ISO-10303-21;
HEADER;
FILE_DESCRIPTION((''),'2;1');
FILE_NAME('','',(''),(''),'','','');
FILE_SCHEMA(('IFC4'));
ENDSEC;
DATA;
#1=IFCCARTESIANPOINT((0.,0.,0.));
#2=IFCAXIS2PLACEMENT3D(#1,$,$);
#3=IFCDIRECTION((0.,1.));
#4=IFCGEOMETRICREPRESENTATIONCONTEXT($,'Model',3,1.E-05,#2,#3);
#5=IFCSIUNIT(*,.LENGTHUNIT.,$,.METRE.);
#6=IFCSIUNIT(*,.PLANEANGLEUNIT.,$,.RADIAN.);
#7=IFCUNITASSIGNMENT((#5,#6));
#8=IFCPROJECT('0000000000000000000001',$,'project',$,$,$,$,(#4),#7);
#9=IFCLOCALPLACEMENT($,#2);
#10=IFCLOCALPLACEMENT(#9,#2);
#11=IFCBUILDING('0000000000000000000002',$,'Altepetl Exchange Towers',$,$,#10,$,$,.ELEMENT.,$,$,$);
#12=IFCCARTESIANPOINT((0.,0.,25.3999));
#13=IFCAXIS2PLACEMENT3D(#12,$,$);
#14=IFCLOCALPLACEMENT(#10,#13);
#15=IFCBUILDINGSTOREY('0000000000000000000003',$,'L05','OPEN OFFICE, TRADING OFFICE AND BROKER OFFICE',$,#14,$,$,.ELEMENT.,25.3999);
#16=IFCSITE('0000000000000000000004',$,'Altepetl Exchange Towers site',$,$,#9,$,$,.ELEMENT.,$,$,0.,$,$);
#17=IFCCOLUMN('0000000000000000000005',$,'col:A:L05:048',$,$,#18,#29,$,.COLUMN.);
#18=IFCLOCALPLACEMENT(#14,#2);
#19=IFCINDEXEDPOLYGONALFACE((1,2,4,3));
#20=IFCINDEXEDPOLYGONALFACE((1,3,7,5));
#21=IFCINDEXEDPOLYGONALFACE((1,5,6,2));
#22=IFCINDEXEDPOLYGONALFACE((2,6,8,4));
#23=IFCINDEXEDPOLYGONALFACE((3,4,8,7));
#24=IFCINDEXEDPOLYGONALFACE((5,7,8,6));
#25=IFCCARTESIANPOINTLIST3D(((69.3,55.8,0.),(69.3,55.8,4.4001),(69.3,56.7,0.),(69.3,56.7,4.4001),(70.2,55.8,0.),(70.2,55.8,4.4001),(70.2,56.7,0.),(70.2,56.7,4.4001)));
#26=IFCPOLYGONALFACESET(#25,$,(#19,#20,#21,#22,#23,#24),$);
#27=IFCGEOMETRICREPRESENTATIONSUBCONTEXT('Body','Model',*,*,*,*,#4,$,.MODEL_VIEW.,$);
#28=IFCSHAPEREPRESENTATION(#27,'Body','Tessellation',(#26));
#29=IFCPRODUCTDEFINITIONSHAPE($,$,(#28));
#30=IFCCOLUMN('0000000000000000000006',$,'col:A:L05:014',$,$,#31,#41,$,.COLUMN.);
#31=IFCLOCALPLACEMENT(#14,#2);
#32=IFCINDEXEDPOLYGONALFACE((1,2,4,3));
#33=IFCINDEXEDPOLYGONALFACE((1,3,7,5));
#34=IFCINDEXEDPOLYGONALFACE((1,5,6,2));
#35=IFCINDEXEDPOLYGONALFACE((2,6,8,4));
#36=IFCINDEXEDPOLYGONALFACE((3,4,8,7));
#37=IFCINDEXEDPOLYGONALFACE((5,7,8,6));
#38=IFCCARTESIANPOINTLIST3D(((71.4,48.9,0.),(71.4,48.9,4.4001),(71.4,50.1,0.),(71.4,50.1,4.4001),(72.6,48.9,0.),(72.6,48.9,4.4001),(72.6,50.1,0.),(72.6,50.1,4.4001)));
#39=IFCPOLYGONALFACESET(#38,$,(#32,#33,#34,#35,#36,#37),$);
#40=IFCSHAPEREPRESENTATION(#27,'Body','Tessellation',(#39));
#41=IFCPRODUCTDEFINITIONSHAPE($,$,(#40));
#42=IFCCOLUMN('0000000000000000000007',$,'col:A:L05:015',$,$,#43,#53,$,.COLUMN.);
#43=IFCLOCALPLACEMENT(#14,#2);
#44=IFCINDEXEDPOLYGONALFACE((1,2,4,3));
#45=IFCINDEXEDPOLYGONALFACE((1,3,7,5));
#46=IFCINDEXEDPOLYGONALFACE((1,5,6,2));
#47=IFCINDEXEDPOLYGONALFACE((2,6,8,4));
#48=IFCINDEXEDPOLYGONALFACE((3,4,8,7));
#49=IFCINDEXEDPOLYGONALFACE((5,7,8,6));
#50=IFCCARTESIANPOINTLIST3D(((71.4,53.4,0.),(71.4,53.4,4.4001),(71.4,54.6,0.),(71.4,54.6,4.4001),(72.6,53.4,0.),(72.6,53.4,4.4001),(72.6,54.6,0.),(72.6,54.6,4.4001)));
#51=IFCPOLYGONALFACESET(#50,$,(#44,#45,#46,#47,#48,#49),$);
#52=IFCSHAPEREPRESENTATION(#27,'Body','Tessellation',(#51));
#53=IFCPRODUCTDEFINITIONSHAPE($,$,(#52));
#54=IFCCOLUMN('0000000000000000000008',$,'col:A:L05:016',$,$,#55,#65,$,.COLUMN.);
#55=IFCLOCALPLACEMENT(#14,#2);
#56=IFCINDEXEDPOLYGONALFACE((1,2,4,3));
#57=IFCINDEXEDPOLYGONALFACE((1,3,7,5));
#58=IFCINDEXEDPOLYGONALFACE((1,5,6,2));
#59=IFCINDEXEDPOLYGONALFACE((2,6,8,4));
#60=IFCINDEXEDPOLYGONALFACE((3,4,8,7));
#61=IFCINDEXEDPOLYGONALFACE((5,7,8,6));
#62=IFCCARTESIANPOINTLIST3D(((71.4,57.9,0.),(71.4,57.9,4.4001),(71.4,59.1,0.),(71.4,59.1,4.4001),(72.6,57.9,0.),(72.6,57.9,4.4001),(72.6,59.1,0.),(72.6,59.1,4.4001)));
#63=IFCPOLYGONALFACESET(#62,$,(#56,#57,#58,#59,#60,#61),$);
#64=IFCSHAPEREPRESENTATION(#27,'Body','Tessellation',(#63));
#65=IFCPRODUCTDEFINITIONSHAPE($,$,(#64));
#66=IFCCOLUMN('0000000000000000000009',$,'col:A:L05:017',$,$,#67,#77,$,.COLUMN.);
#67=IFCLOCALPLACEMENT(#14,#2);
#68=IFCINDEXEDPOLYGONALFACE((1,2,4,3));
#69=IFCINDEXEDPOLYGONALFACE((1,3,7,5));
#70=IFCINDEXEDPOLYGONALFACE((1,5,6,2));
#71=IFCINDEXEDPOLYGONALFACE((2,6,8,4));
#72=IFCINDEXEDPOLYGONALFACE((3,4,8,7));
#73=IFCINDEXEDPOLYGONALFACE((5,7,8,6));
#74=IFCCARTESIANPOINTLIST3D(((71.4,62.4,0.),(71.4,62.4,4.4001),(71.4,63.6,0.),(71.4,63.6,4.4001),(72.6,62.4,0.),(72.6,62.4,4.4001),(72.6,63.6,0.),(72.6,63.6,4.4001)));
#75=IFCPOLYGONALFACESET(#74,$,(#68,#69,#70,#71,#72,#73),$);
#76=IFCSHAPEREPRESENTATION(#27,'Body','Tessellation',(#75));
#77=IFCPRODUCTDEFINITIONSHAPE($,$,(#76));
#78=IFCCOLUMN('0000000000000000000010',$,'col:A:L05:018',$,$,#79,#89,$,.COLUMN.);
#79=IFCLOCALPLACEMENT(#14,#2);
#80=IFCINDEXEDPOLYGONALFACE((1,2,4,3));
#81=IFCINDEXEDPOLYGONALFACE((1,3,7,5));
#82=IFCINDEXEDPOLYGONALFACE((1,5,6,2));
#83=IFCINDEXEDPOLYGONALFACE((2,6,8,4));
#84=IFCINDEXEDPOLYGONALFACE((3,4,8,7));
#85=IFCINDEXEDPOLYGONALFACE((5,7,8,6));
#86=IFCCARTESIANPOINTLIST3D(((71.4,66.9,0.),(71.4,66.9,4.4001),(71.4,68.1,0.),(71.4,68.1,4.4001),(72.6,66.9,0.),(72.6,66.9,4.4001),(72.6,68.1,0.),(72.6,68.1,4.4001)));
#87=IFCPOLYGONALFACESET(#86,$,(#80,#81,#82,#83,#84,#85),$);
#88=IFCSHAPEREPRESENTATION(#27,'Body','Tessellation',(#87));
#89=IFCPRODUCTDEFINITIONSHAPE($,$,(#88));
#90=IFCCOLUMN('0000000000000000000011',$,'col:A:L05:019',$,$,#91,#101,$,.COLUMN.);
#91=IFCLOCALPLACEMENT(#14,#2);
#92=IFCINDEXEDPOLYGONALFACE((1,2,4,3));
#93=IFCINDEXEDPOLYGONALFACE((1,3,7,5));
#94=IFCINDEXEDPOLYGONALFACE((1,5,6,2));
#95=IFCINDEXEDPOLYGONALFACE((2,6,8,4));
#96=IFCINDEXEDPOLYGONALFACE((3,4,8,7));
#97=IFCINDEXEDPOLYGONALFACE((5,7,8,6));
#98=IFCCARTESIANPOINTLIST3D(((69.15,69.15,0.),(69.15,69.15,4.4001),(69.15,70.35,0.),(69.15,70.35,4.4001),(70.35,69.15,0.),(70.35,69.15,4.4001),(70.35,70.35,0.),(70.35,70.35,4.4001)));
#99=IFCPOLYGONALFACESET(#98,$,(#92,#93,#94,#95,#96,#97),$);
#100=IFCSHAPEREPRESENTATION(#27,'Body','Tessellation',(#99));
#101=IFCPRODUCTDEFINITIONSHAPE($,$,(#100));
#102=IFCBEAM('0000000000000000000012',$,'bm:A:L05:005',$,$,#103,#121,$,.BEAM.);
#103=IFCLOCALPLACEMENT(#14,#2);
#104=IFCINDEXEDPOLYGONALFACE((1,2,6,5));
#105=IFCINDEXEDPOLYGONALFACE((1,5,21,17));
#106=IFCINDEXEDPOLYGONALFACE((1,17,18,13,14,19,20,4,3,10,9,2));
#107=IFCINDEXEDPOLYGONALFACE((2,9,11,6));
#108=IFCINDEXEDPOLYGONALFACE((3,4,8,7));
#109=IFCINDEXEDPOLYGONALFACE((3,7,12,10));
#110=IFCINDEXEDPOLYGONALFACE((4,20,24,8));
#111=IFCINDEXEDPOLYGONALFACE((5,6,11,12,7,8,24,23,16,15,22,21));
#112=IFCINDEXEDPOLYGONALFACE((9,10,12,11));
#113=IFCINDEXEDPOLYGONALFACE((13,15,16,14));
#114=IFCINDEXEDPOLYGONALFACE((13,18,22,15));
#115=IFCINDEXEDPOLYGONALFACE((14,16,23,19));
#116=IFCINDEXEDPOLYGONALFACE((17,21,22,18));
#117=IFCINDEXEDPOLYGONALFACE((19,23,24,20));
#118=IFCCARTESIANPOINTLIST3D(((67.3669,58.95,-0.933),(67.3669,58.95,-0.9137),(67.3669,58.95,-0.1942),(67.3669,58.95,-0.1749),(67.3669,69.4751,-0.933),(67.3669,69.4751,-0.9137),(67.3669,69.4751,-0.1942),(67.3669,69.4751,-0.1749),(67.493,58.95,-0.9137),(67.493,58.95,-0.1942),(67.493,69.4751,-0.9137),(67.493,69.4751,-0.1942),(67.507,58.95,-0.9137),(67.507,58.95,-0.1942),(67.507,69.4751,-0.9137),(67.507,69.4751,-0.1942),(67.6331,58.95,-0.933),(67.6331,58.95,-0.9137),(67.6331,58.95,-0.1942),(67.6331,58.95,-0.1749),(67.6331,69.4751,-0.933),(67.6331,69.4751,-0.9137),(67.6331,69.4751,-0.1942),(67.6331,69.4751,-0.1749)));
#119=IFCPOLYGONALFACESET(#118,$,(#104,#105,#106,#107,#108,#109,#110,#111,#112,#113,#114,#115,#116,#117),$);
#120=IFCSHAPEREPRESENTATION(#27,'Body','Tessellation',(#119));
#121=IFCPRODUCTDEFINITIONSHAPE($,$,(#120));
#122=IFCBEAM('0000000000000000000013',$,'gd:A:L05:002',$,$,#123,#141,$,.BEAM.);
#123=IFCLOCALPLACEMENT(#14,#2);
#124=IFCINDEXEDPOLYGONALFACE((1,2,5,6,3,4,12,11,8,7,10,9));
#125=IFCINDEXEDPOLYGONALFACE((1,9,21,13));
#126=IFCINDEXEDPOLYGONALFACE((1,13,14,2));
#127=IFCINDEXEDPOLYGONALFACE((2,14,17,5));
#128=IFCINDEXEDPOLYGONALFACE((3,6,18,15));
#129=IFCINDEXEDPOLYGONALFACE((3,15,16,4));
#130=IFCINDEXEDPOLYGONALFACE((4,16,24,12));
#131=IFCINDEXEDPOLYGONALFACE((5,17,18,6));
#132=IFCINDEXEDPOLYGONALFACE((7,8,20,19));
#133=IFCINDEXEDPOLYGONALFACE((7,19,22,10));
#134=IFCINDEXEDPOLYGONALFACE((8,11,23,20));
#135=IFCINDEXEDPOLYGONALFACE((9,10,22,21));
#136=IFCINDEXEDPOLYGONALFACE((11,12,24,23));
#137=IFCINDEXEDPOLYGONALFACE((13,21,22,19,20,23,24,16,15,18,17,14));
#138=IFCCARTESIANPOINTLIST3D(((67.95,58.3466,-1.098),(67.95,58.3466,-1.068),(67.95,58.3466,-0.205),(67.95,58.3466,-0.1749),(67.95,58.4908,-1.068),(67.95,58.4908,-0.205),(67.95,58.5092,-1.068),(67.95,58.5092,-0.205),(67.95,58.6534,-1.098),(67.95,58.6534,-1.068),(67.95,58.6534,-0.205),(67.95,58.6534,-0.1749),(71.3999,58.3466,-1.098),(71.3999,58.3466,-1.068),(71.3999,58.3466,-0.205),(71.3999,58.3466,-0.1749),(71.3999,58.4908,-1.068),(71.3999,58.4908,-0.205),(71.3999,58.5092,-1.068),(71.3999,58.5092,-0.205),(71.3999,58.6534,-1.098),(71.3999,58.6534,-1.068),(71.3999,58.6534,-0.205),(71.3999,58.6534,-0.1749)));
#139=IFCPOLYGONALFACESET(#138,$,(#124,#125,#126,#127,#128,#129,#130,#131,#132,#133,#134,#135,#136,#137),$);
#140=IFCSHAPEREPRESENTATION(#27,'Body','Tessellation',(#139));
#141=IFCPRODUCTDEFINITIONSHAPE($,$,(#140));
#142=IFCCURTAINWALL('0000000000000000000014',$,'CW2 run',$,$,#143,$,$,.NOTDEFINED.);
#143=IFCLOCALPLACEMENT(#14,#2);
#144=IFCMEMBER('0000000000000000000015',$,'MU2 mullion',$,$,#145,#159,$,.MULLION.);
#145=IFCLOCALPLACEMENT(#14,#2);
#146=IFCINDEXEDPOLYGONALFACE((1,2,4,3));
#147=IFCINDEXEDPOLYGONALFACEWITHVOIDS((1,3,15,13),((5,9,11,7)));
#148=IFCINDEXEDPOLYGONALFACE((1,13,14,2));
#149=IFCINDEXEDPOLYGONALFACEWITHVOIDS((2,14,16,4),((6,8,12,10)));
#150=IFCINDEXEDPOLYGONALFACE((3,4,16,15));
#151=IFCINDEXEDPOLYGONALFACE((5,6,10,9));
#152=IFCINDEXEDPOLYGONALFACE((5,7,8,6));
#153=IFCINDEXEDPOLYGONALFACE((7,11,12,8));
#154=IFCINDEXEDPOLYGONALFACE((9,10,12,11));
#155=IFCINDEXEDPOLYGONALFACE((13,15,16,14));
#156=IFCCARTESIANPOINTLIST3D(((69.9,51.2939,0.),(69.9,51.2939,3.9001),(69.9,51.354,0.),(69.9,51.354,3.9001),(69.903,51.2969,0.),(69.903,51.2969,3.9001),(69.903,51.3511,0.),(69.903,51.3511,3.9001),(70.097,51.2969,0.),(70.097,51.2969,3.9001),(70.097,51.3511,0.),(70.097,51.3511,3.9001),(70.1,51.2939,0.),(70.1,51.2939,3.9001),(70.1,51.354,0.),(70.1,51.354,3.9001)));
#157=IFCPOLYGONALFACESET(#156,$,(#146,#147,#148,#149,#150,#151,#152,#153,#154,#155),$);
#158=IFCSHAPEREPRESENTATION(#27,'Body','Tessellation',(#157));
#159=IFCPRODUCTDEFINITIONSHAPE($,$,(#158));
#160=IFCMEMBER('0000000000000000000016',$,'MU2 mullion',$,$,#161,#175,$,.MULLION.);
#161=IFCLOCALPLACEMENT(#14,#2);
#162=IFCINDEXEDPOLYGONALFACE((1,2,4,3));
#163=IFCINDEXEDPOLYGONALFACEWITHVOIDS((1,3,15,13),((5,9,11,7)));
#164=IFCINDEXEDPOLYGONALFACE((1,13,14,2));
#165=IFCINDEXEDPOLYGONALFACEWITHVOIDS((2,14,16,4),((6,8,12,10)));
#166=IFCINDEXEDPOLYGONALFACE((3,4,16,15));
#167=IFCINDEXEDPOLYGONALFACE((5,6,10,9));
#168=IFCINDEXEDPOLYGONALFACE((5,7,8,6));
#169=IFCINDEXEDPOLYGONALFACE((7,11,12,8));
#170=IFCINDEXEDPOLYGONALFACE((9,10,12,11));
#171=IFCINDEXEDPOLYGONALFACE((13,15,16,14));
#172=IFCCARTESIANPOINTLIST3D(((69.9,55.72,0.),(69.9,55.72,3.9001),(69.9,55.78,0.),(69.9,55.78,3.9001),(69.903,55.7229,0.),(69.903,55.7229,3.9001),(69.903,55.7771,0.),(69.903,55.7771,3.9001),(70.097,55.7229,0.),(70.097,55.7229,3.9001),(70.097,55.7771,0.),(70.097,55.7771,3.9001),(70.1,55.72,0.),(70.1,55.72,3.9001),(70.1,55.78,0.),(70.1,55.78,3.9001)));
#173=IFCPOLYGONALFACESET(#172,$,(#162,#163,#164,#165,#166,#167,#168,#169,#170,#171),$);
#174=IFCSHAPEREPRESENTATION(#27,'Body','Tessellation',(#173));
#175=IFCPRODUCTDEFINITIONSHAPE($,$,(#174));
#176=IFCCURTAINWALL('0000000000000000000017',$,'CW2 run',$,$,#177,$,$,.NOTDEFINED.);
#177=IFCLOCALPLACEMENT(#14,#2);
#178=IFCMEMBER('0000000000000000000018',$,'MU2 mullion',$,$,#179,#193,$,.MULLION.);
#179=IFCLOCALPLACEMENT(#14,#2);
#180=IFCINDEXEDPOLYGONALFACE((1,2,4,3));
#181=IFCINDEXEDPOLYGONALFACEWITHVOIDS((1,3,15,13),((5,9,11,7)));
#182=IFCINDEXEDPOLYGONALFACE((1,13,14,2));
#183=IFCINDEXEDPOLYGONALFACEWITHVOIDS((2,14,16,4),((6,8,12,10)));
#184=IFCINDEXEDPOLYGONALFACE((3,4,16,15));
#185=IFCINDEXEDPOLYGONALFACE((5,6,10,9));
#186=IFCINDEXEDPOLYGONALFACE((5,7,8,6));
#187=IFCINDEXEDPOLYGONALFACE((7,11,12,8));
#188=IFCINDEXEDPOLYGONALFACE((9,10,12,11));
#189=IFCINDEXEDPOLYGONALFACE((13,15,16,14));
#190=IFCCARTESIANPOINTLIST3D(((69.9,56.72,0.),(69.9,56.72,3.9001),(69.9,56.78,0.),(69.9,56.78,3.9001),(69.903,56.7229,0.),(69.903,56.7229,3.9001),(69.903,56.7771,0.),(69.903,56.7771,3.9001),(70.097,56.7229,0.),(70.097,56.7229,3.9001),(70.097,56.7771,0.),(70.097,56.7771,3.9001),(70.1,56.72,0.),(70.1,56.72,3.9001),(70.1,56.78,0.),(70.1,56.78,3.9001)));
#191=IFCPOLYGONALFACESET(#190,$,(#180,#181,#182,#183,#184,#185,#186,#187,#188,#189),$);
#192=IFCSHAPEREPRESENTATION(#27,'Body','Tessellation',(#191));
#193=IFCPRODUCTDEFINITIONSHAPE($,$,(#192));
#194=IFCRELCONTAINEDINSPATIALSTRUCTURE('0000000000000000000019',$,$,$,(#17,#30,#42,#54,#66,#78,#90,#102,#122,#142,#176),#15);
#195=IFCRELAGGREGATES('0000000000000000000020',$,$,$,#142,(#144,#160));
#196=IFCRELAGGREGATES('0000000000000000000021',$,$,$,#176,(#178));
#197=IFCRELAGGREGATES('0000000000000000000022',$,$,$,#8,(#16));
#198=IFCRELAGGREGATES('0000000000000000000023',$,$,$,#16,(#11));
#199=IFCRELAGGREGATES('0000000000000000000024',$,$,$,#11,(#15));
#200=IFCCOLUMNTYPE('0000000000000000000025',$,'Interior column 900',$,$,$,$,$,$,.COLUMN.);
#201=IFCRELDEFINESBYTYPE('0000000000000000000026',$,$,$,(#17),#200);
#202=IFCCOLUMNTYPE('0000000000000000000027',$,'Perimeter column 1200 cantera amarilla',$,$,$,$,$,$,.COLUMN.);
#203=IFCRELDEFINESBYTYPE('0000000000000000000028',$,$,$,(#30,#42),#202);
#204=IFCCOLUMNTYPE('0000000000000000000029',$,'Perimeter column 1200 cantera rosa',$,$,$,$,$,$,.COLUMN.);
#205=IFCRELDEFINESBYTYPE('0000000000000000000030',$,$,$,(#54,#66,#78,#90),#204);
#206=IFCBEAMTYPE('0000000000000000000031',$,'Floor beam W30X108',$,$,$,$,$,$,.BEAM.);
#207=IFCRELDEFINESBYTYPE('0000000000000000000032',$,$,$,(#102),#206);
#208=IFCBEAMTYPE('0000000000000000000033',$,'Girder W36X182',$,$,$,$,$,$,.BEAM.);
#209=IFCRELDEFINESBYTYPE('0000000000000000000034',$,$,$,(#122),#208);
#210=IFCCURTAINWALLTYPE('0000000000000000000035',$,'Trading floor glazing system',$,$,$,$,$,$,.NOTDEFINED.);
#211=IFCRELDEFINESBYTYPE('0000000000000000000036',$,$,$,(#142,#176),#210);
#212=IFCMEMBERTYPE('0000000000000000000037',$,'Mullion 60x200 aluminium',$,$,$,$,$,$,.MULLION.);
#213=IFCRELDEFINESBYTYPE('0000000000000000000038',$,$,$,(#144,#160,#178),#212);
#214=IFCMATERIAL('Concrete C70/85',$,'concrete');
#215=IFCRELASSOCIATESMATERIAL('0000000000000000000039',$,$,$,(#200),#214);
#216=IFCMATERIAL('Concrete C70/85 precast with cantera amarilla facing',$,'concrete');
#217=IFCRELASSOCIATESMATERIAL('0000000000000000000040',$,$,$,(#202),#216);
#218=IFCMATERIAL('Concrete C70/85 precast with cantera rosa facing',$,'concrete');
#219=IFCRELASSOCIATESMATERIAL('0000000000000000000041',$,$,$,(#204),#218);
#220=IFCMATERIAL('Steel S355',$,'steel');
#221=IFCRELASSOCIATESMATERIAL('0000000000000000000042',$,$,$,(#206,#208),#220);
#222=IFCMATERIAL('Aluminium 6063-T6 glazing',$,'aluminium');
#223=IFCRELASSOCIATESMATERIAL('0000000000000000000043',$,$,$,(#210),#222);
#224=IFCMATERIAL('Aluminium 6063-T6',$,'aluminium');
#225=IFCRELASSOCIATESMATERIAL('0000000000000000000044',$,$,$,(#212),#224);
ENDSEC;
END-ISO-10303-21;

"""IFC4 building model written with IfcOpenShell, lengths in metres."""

from ifc_helpers import new_model, si_unit, direction, frame, origin, origin_2d, place, context, subcontext, project, spatial, rectangle, hollow_rectangle, i_section, extrude, material, material_profile, profile_set, type_object, element, aggregate, save


model = new_model("IFC4")

# Units and contexts
model_context = context("Model", 3, precision=1e-05, world=origin(), true_north=direction((0.0, 1.0)))
body_context = subcontext(model_context, "Body", "Model", "MODEL_VIEW")
ifc_project = project(units=[si_unit("LENGTHUNIT", "METRE"), si_unit("PLANEANGLEUNIT", "RADIAN")], contexts=[model_context])

# Site, building, storey
site_placement = place(None, origin())
site = spatial("IfcSite", under=ifc_project, at=site_placement, Name="Altepetl Exchange Towers site", CompositionType="ELEMENT", RefElevation=0.0)
building_placement = place(site_placement, origin())
building = spatial("IfcBuilding", under=site, at=building_placement, Name="Altepetl Exchange Towers", CompositionType="ELEMENT")
storey_placement = place(building_placement, frame((0.0, 0.0, 25.3999)))
storey = spatial("IfcBuildingStorey", under=building, at=storey_placement, Name="L05", Description="OPEN OFFICE, TRADING OFFICE AND BROKER OFFICE", CompositionType="ELEMENT", Elevation=25.3999)

# Columns
ifc_material_1 = material(Name="Concrete C70/85", Category="concrete")
ifc_material_profile_1 = material_profile(ifc_material_1, rectangle(XDim=0.8999, YDim=0.8999, at=origin_2d()), Name="900 x 900")
ifc_profile_set_1 = profile_set([ifc_material_profile_1], Name="Concrete C70/85")
column_type_1 = type_object("IfcColumnType", Name="Interior column 900", PredefinedType="COLUMN", material=ifc_profile_set_1)
column_placement = place(storey_placement, frame((69.75, 56.25, 0.0)))
element("IfcColumn", 1, at=column_placement, inside=storey, type_object=column_type_1, Name="col:A:L05:048", PredefinedType="COLUMN", context=body_context, shape_type="SweptSolid", body=[
    extrude(rectangle(XDim=0.8999, YDim=0.8999, at=origin_2d()), origin(), (0.0, 0.0, 1.0), 4.4001),
])
ifc_material_2 = material(Name="Concrete C70/85 precast with cantera amarilla facing", Category="concrete")
ifc_material_profile_2 = material_profile(ifc_material_2, rectangle(XDim=1.2, YDim=1.2, at=origin_2d()), Name="1200 x 1200")
ifc_profile_set_2 = profile_set([ifc_material_profile_2], Name="Concrete C70/85 precast with cantera amarilla facing")
column_type_2 = type_object("IfcColumnType", Name="Perimeter column 1200 cantera amarilla", PredefinedType="COLUMN", material=ifc_profile_set_2)
for number, where, name in (
    (2, (72.0, 49.5, 0.0), "col:A:L05:014"),
    (3, (72.0, 54.0, 0.0), "col:A:L05:015"),
):
    element("IfcColumn", number, at=place(storey_placement, frame(where)), inside=storey, type_object=column_type_2, Name=name, PredefinedType="COLUMN", context=body_context, shape_type="SweptSolid", body=[
        extrude(rectangle(XDim=1.2, YDim=1.2, at=origin_2d()), origin(), (0.0, 0.0, 1.0), 4.4001),
    ])
ifc_material_3 = material(Name="Concrete C70/85 precast with cantera rosa facing", Category="concrete")
ifc_material_profile_3 = material_profile(ifc_material_3, rectangle(XDim=1.2, YDim=1.2, at=origin_2d()), Name="1200 x 1200")
ifc_profile_set_3 = profile_set([ifc_material_profile_3], Name="Concrete C70/85 precast with cantera rosa facing")
column_type_3 = type_object("IfcColumnType", Name="Perimeter column 1200 cantera rosa", PredefinedType="COLUMN", material=ifc_profile_set_3)
for number, where, name in (
    (4, (72.0, 58.5, 0.0), "col:A:L05:016"),
    (5, (72.0, 63.0, 0.0), "col:A:L05:017"),
    (6, (72.0, 67.5, 0.0), "col:A:L05:018"),
    (7, (69.75, 69.75, 0.0), "col:A:L05:019"),
):
    element("IfcColumn", number, at=place(storey_placement, frame(where)), inside=storey, type_object=column_type_3, Name=name, PredefinedType="COLUMN", context=body_context, shape_type="SweptSolid", body=[
        extrude(rectangle(XDim=1.2, YDim=1.2, at=origin_2d()), origin(), (0.0, 0.0, 1.0), 4.4001),
    ])

# Beams
ifc_material_4 = material(Name="Steel S355", Category="steel")
ifc_material_profile_4 = material_profile(ifc_material_4, i_section(OverallWidth=0.2661, OverallDepth=0.7581, WebThickness=0.0139, FlangeThickness=0.0193, at=origin_2d()), Name="W30X108")
ifc_profile_set_4 = profile_set([ifc_material_profile_4], Name="Steel S355")
beam_type_1 = type_object("IfcBeamType", Name="Floor beam W30X108", PredefinedType="BEAM", material=ifc_profile_set_4)
beam_1_placement = place(storey_placement, frame((67.5, 58.95, -0.554), z_axis=(0.0, 1.0, 0.0), x_axis=(-1.0, 0.0, 0.0)))
element("IfcBeam", 8, at=beam_1_placement, inside=storey, type_object=beam_type_1, Name="bm:A:L05:005", PredefinedType="BEAM", context=body_context, shape_type="SweptSolid", body=[
    extrude(i_section(OverallWidth=0.2661, OverallDepth=0.7581, WebThickness=0.0139, FlangeThickness=0.0193, at=origin_2d()), origin(), (0.0, 0.0, 1.0), 10.5251),
])
ifc_material_profile_5 = material_profile(ifc_material_4, i_section(OverallWidth=0.3069, OverallDepth=0.9231, WebThickness=0.0183, FlangeThickness=0.03, at=origin_2d()), Name="W36X182")
ifc_profile_set_5 = profile_set([ifc_material_profile_5], Name="Steel S355")
beam_type_2 = type_object("IfcBeamType", Name="Girder W36X182", PredefinedType="BEAM", material=ifc_profile_set_5)
beam_2_placement = place(storey_placement, frame((67.95, 58.5, -0.6365), z_axis=(1.0, 0.0, 0.0), x_axis=(0.0, 1.0, 0.0)))
element("IfcBeam", 9, at=beam_2_placement, inside=storey, type_object=beam_type_2, Name="gd:A:L05:002", PredefinedType="BEAM", context=body_context, shape_type="SweptSolid", body=[
    extrude(i_section(OverallWidth=0.3069, OverallDepth=0.9231, WebThickness=0.0183, FlangeThickness=0.03, at=origin_2d()), origin(), (0.0, 0.0, 1.0), 3.45),
])

# Curtain walls, members
ifc_material_5 = material(Name="Aluminium 6063-T6 glazing", Category="aluminium")
curtain_wall_type = type_object("IfcCurtainWallType", Name="Trading floor glazing system", PredefinedType="NOTDEFINED", material=ifc_material_5)
curtain_wall_1_placement = place(storey_placement, origin())
curtain_wall_1 = element("IfcCurtainWall", 10, at=curtain_wall_1_placement, inside=storey, type_object=curtain_wall_type, Name="CW2 run", PredefinedType="NOTDEFINED")
ifc_material_6 = material(Name="Aluminium 6063-T6", Category="aluminium")
ifc_material_profile_6 = material_profile(ifc_material_6, hollow_rectangle(XDim=0.0601, YDim=0.2, WallThickness=0.0029, at=origin_2d()), Name="Mullion 60x200 aluminium")
ifc_profile_set_6 = profile_set([ifc_material_profile_6], Name="Aluminium 6063-T6")
member_type = type_object("IfcMemberType", Name="Mullion 60x200 aluminium", PredefinedType="MULLION", material=ifc_profile_set_6)
member_1_placement = place(storey_placement, frame((70.0, 51.324, 0.0), z_axis=(0.0, 0.0, 1.0), x_axis=(0.0, 1.0, 0.0)))
member_1 = element("IfcMember", 11, at=member_1_placement, type_object=member_type, Name="MU2 mullion", PredefinedType="MULLION", context=body_context, shape_type="SweptSolid", body=[
    extrude(hollow_rectangle(XDim=0.0601, YDim=0.2, WallThickness=0.0029, at=origin_2d()), origin(), (0.0, 0.0, 1.0), 3.9001),
])
member_2_placement = place(storey_placement, frame((70.0, 55.75, 0.0), z_axis=(0.0, 0.0, 1.0), x_axis=(0.0, 1.0, 0.0)))
member_2 = element("IfcMember", 12, at=member_2_placement, type_object=member_type, Name="MU2 mullion", PredefinedType="MULLION", context=body_context, shape_type="SweptSolid", body=[
    extrude(hollow_rectangle(XDim=0.0601, YDim=0.2, WallThickness=0.0029, at=origin_2d()), origin(), (0.0, 0.0, 1.0), 3.9001),
])
curtain_wall_2_placement = place(storey_placement, origin())
curtain_wall_2 = element("IfcCurtainWall", 13, at=curtain_wall_2_placement, inside=storey, type_object=curtain_wall_type, Name="CW2 run", PredefinedType="NOTDEFINED")
member_3_placement = place(storey_placement, frame((70.0, 56.75, 0.0), z_axis=(0.0, 0.0, 1.0), x_axis=(0.0, 1.0, 0.0)))
member_3 = element("IfcMember", 14, at=member_3_placement, type_object=member_type, Name="MU2 mullion", PredefinedType="MULLION", context=body_context, shape_type="SweptSolid", body=[
    extrude(hollow_rectangle(XDim=0.0601, YDim=0.2, WallThickness=0.0029, at=origin_2d()), origin(), (0.0, 0.0, 1.0), 3.9001),
])

aggregate(curtain_wall_1, [member_1, member_2])
aggregate(curtain_wall_2, [member_3])

save(model, "model.ifc")
